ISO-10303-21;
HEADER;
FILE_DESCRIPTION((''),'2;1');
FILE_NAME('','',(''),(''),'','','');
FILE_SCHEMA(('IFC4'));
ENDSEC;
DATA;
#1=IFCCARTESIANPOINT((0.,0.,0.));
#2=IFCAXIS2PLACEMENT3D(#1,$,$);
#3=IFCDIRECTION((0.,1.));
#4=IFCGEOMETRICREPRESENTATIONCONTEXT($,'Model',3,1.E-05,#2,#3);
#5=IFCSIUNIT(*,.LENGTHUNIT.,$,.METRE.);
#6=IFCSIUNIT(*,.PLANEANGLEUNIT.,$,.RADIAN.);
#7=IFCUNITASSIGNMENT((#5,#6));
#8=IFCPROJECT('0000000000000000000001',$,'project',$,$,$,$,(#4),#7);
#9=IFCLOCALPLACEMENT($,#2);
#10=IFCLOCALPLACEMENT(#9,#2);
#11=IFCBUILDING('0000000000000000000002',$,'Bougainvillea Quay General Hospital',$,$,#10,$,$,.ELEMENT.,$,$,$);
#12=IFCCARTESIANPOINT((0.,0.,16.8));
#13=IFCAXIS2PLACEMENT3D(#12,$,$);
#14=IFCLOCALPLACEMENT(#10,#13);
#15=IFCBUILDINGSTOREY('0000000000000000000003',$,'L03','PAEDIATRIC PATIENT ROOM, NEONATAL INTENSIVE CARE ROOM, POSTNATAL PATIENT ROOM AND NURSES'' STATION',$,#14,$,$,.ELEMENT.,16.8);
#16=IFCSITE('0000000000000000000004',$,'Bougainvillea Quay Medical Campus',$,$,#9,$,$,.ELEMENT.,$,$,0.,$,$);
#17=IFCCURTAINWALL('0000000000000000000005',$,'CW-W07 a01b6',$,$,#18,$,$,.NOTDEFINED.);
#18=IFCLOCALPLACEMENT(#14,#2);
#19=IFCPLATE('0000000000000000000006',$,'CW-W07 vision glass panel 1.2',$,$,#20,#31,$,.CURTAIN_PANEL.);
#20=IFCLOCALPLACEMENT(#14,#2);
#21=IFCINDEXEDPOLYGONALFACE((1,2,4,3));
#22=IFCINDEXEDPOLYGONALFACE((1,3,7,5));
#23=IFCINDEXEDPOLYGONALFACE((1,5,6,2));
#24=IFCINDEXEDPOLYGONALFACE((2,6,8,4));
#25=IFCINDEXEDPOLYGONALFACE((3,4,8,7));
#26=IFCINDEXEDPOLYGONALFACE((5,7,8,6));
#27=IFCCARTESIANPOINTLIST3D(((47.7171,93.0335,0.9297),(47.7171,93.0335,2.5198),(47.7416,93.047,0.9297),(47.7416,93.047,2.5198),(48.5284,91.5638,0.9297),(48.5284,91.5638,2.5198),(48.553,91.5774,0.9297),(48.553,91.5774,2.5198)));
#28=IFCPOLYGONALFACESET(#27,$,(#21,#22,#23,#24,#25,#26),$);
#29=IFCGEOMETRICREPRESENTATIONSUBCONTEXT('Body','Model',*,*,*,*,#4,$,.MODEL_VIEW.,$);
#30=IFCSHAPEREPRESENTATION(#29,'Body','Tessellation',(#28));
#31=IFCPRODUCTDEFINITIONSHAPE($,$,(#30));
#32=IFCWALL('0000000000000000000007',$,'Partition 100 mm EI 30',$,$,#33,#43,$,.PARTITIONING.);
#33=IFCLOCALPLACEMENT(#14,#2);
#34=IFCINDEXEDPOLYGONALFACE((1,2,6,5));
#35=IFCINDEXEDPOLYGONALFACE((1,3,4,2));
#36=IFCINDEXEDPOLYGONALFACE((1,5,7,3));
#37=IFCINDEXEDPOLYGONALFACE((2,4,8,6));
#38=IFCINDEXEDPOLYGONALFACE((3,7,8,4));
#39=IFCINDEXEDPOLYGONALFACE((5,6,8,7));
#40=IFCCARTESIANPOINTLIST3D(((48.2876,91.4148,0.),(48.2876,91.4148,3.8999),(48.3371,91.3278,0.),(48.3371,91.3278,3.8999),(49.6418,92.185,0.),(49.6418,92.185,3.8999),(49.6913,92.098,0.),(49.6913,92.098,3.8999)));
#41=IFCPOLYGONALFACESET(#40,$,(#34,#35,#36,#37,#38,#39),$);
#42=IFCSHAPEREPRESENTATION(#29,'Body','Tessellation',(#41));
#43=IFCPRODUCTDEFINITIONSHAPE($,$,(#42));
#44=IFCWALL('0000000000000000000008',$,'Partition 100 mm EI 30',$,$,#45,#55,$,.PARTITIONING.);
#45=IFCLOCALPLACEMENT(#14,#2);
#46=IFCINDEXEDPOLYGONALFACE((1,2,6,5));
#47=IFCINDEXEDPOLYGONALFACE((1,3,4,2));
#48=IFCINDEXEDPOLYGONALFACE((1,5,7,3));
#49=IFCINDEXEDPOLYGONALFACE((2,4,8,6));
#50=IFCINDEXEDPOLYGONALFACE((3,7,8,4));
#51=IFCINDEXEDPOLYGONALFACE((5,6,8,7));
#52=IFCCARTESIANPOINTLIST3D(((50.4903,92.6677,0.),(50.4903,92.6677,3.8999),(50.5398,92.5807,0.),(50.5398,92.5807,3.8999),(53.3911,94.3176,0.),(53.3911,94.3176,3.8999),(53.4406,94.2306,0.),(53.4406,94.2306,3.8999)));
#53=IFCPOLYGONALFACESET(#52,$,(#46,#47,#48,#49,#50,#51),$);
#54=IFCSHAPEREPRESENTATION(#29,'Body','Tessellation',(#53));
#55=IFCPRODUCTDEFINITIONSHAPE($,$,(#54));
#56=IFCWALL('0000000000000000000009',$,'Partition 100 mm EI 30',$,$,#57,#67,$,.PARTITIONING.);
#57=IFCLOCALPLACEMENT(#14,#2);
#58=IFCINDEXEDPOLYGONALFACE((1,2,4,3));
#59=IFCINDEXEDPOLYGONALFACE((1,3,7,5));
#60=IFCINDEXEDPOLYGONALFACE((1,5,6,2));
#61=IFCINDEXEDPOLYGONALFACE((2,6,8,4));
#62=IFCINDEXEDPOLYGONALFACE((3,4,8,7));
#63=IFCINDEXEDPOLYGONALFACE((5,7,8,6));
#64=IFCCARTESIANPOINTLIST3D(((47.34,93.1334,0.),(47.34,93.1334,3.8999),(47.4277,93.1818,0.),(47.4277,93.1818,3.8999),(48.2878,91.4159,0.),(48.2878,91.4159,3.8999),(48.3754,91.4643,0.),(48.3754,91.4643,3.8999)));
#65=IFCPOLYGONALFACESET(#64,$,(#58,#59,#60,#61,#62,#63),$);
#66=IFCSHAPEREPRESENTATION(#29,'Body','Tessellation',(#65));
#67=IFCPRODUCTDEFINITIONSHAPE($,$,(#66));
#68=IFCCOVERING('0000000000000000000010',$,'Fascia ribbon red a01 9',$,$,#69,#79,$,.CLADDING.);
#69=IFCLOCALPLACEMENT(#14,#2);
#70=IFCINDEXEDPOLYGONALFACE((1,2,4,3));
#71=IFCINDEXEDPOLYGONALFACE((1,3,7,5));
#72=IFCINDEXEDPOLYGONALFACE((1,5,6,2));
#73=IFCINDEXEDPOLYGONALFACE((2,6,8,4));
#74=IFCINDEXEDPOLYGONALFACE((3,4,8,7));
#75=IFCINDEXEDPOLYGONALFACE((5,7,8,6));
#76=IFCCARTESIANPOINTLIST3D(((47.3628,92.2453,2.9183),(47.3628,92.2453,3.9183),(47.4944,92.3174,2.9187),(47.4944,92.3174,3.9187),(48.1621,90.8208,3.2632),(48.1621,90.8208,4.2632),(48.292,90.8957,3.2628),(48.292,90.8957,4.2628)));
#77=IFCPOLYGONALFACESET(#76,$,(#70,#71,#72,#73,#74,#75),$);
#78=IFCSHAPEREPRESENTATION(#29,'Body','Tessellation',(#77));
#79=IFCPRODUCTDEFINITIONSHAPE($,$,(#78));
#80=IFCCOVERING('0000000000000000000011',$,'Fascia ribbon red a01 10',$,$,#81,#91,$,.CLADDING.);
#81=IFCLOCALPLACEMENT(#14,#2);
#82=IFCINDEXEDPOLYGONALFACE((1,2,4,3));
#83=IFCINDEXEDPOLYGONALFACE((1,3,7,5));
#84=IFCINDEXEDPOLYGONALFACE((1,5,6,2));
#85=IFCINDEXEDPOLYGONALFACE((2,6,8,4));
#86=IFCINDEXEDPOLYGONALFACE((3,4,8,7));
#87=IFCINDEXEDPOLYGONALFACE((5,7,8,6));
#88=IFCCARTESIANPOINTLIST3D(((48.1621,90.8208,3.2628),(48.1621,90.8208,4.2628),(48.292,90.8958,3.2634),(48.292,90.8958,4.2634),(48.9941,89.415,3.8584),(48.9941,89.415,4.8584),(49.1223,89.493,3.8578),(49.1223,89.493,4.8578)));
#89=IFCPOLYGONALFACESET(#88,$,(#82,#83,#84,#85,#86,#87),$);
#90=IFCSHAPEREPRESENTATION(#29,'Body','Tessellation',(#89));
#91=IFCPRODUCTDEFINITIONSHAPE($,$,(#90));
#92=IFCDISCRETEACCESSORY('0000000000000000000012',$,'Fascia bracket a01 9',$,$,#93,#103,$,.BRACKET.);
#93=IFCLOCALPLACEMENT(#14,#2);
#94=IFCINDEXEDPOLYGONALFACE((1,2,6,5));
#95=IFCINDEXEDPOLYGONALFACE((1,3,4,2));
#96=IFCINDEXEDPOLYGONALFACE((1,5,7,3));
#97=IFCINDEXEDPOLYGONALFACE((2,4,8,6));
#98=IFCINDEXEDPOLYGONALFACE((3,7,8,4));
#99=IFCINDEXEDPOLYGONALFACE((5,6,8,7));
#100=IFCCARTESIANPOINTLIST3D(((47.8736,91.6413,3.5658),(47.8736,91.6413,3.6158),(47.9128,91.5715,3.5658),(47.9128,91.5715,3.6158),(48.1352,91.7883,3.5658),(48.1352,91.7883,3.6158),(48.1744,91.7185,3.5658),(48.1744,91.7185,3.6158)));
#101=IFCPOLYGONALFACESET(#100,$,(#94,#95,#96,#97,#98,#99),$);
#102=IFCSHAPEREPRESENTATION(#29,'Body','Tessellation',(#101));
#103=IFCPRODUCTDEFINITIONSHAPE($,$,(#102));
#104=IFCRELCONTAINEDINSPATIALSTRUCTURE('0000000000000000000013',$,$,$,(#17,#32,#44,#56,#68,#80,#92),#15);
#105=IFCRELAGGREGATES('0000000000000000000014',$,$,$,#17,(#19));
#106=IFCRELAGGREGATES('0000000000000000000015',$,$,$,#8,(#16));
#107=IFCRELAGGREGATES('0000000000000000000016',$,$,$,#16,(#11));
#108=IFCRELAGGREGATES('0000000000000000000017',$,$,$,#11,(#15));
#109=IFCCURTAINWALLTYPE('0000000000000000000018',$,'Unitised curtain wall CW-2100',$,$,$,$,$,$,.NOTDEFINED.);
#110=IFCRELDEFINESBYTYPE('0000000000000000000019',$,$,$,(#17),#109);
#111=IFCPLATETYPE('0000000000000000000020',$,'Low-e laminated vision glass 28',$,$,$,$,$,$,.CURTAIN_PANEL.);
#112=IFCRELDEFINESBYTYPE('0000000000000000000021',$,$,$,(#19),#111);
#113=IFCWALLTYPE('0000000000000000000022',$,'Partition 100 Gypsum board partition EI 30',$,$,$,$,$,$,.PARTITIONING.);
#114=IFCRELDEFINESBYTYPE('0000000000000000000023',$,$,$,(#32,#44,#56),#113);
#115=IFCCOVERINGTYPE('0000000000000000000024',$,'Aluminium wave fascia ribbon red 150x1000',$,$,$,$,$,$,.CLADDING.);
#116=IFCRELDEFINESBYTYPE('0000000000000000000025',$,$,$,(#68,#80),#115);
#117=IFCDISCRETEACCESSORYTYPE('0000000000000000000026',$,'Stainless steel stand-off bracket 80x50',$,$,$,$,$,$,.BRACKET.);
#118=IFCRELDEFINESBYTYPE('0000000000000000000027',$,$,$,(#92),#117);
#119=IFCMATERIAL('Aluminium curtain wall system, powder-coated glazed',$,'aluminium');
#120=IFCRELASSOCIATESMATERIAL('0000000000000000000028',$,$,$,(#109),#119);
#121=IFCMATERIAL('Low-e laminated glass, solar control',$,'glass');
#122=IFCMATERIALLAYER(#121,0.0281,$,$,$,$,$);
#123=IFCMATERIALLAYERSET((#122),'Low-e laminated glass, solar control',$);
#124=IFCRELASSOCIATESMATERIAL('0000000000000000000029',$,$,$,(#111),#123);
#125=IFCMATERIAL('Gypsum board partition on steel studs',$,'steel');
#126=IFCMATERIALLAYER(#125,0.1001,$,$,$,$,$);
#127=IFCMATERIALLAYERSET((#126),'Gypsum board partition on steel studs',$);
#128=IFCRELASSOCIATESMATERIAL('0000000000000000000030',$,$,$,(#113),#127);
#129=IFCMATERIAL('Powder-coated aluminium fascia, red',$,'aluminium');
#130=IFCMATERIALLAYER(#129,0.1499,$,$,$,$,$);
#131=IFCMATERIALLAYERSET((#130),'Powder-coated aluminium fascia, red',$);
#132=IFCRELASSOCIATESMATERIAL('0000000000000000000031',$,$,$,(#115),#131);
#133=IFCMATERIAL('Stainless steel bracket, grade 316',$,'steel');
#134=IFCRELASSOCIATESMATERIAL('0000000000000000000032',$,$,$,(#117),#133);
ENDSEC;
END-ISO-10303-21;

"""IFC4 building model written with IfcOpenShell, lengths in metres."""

from ifc_helpers import new_model, si_unit, direction, frame, frame_2d, origin, origin_2d, place, context, subcontext, project, spatial, polyline, rectangle, outline, extrude, material, layer, layer_set, material_profile, profile_set, type_object, element, aggregate, save


model = new_model("IFC4")

# Units and contexts
model_context = context("Model", 3, precision=1e-05, world=origin(), true_north=direction((0.0, 1.0)))
body_context = subcontext(model_context, "Body", "Model", "MODEL_VIEW")
ifc_project = project(units=[si_unit("LENGTHUNIT", "METRE"), si_unit("PLANEANGLEUNIT", "RADIAN")], contexts=[model_context])

# Site, building, storey
site_placement = place(None, origin())
site = spatial("IfcSite", under=ifc_project, at=site_placement, Name="Bougainvillea Quay Medical Campus", CompositionType="ELEMENT", RefElevation=0.0)
building_placement = place(site_placement, origin())
building = spatial("IfcBuilding", under=site, at=building_placement, Name="Bougainvillea Quay General Hospital", CompositionType="ELEMENT")
storey_placement = place(building_placement, frame((0.0, 0.0, 16.8)))
storey = spatial("IfcBuildingStorey", under=building, at=storey_placement, Name="L03", Description="PAEDIATRIC PATIENT ROOM, NEONATAL INTENSIVE CARE ROOM, POSTNATAL PATIENT ROOM AND NURSES' STATION", CompositionType="ELEMENT", Elevation=16.8)

# Shared definitions
ifc_material_1 = material(Name="Aluminium curtain wall system, powder-coated glazed", Category="aluminium")
curtain_wall_type = type_object("IfcCurtainWallType", Name="Unitised curtain wall CW-2100", PredefinedType="NOTDEFINED", material=ifc_material_1)

# Curtain wall, plate
curtain_wall_1_placement = place(storey_placement, origin())
curtain_wall_1 = element("IfcCurtainWall", 1, at=curtain_wall_1_placement, inside=storey, type_object=curtain_wall_type, Name="CW-W07 a01b6", PredefinedType="NOTDEFINED")
ifc_material_2 = material(Name="Low-e laminated glass, solar control", Category="glass")
ifc_layer_1 = layer(ifc_material_2, 0.0281)
ifc_layer_set_1 = layer_set([ifc_layer_1], Name="Low-e laminated glass, solar control")
plate_type_1 = type_object("IfcPlateType", Name="Low-e laminated vision glass 28", PredefinedType="CURTAIN_PANEL", material=ifc_layer_set_1)
plate_1_placement = place(storey_placement, frame((48.135, 92.3054, 0.9297), z_axis=(0.0, 0.0, 1.0), x_axis=(-0.483305, 0.875452, 0.0)))
plate_1 = element("IfcPlate", 2, at=plate_1_placement, type_object=plate_type_1, Name="CW-W07 vision glass panel 1.2", PredefinedType="CURTAIN_PANEL", context=body_context, shape_type="SweptSolid", body=[
    extrude(rectangle(XDim=1.6787, YDim=0.0281, at=origin_2d()), origin(), (0.0, 0.0, 1.0), 1.5901),
])
aggregate(curtain_wall_1, [plate_1])

# Walls
ifc_material_3 = material(Name="Gypsum board partition on steel studs", Category="steel")
ifc_layer_2 = layer(ifc_material_3, 0.1001)
ifc_layer_set_2 = layer_set([ifc_layer_2], Name="Gypsum board partition on steel studs")
wall_type = type_object("IfcWallType", Name="Partition 100 Gypsum board partition EI 30", PredefinedType="PARTITIONING", material=ifc_layer_set_2)
wall_1_placement = place(storey_placement, frame((48.3125, 91.3713, 0.0), z_axis=(0.0, 0.0, 1.0), x_axis=(0.869235, 0.4944, 0.0)))
element("IfcWall", 3, at=wall_1_placement, inside=storey, type_object=wall_type, Name="Partition 100 mm EI 30", PredefinedType="PARTITIONING", context=body_context, shape_type="SweptSolid", body=[
    extrude(rectangle(XDim=1.5579, YDim=0.1001, at=frame_2d((0.7788, 0.0))), origin(), (0.0, 0.0, 1.0), 3.8999),
])
wall_2_placement = place(storey_placement, frame((50.5151, 92.6243, 0.0), z_axis=(0.0, 0.0, 1.0), x_axis=(0.869241, 0.494389, 0.0)))
element("IfcWall", 4, at=wall_2_placement, inside=storey, type_object=wall_type, Name="Partition 100 mm EI 30", PredefinedType="PARTITIONING", context=body_context, shape_type="SweptSolid", body=[
    extrude(rectangle(XDim=3.3372, YDim=0.1001, at=frame_2d((1.6685, 0.0))), origin(), (0.0, 0.0, 1.0), 3.8999),
])
wall_3_placement = place(storey_placement, frame((47.3838, 93.1577, 0.0), z_axis=(0.0, 0.0, 1.0), x_axis=(0.483137, -0.875545, 0.0)))
element("IfcWall", 5, at=wall_3_placement, inside=storey, type_object=wall_type, Name="Partition 100 mm EI 30", PredefinedType="PARTITIONING", context=body_context, shape_type="SweptSolid", body=[
    extrude(rectangle(XDim=1.9617, YDim=0.1001, at=frame_2d((0.981, 0.0))), origin(), (0.0, 0.0, 1.0), 3.8999),
])

# Coverings
ifc_material_4 = material(Name="Powder-coated aluminium fascia, red", Category="aluminium")
ifc_layer_3 = layer(ifc_material_4, 0.1499)
ifc_layer_set_3 = layer_set([ifc_layer_3], Name="Powder-coated aluminium fascia, red")
covering_type = type_object("IfcCoveringType", Name="Aluminium wave fascia ribbon red 150x1000", PredefinedType="CLADDING", material=ifc_layer_set_3)
covering_1_placement = place(storey_placement, frame((47.4944, 92.3174, 2.9187), z_axis=(-0.10121, 0.180059, 0.978435), x_axis=(0.478749, -0.853308, 0.206554)))
element("IfcCovering", 6, at=covering_1_placement, inside=storey, type_object=covering_type, Name="Fascia ribbon red a01 9", PredefinedType="CLADDING", context=body_context, shape_type="SweptSolid", body=[
    extrude(outline(polyline([(0.0, 0.0), (1.666, 0.0), (1.6679, -0.1499), (-0.0016, -0.15), (0.0, 0.0)])), origin(), (0.206554, 0.00016, 0.978435), 1.0),
])
covering_2_placement = place(storey_placement, frame((48.292, 90.8958, 3.2634), z_axis=(-0.174553, 0.294732, 0.939502), x_axis=(0.47854, -0.808495, 0.342543)))
element("IfcCovering", 7, at=covering_2_placement, inside=storey, type_object=covering_type, Name="Fascia ribbon red a01 10", PredefinedType="CLADDING", context=body_context, shape_type="SweptSolid", body=[
    extrude(outline(polyline([(0.0, 0.0), (1.7351, 0.0), (1.737, -0.15), (-0.0018, -0.1499), (0.0, 0.0)])), origin(), (0.342543, 0.000084, 0.939502), 1.0),
])

# Discrete accessory
ifc_material_5 = material(Name="Stainless steel bracket, grade 316", Category="steel")
ifc_material_profile_1 = material_profile(ifc_material_5, rectangle(XDim=0.0801, YDim=0.05, at=origin_2d()))
ifc_profile_set_1 = profile_set([ifc_material_profile_1], Name="Stainless steel bracket, grade 316")
discrete_accessory_type = type_object("IfcDiscreteAccessoryType", Name="Stainless steel stand-off bracket 80x50", PredefinedType="BRACKET", material=ifc_profile_set_1)
discrete_accessory_placement = place(storey_placement, frame((48.1548, 91.7534, 3.5908), z_axis=(-0.871728, -0.489991, 0.0), x_axis=(0.489991, -0.871728, 0.0)))
element("IfcDiscreteAccessory", 8, at=discrete_accessory_placement, inside=storey, type_object=discrete_accessory_type, Name="Fascia bracket a01 9", PredefinedType="BRACKET", context=body_context, shape_type="SweptSolid", body=[
    extrude(rectangle(XDim=0.0801, YDim=0.05, at=origin_2d()), origin(), (0.0, 0.0, 1.0), 0.3),
])

save(model, "model.ifc")
